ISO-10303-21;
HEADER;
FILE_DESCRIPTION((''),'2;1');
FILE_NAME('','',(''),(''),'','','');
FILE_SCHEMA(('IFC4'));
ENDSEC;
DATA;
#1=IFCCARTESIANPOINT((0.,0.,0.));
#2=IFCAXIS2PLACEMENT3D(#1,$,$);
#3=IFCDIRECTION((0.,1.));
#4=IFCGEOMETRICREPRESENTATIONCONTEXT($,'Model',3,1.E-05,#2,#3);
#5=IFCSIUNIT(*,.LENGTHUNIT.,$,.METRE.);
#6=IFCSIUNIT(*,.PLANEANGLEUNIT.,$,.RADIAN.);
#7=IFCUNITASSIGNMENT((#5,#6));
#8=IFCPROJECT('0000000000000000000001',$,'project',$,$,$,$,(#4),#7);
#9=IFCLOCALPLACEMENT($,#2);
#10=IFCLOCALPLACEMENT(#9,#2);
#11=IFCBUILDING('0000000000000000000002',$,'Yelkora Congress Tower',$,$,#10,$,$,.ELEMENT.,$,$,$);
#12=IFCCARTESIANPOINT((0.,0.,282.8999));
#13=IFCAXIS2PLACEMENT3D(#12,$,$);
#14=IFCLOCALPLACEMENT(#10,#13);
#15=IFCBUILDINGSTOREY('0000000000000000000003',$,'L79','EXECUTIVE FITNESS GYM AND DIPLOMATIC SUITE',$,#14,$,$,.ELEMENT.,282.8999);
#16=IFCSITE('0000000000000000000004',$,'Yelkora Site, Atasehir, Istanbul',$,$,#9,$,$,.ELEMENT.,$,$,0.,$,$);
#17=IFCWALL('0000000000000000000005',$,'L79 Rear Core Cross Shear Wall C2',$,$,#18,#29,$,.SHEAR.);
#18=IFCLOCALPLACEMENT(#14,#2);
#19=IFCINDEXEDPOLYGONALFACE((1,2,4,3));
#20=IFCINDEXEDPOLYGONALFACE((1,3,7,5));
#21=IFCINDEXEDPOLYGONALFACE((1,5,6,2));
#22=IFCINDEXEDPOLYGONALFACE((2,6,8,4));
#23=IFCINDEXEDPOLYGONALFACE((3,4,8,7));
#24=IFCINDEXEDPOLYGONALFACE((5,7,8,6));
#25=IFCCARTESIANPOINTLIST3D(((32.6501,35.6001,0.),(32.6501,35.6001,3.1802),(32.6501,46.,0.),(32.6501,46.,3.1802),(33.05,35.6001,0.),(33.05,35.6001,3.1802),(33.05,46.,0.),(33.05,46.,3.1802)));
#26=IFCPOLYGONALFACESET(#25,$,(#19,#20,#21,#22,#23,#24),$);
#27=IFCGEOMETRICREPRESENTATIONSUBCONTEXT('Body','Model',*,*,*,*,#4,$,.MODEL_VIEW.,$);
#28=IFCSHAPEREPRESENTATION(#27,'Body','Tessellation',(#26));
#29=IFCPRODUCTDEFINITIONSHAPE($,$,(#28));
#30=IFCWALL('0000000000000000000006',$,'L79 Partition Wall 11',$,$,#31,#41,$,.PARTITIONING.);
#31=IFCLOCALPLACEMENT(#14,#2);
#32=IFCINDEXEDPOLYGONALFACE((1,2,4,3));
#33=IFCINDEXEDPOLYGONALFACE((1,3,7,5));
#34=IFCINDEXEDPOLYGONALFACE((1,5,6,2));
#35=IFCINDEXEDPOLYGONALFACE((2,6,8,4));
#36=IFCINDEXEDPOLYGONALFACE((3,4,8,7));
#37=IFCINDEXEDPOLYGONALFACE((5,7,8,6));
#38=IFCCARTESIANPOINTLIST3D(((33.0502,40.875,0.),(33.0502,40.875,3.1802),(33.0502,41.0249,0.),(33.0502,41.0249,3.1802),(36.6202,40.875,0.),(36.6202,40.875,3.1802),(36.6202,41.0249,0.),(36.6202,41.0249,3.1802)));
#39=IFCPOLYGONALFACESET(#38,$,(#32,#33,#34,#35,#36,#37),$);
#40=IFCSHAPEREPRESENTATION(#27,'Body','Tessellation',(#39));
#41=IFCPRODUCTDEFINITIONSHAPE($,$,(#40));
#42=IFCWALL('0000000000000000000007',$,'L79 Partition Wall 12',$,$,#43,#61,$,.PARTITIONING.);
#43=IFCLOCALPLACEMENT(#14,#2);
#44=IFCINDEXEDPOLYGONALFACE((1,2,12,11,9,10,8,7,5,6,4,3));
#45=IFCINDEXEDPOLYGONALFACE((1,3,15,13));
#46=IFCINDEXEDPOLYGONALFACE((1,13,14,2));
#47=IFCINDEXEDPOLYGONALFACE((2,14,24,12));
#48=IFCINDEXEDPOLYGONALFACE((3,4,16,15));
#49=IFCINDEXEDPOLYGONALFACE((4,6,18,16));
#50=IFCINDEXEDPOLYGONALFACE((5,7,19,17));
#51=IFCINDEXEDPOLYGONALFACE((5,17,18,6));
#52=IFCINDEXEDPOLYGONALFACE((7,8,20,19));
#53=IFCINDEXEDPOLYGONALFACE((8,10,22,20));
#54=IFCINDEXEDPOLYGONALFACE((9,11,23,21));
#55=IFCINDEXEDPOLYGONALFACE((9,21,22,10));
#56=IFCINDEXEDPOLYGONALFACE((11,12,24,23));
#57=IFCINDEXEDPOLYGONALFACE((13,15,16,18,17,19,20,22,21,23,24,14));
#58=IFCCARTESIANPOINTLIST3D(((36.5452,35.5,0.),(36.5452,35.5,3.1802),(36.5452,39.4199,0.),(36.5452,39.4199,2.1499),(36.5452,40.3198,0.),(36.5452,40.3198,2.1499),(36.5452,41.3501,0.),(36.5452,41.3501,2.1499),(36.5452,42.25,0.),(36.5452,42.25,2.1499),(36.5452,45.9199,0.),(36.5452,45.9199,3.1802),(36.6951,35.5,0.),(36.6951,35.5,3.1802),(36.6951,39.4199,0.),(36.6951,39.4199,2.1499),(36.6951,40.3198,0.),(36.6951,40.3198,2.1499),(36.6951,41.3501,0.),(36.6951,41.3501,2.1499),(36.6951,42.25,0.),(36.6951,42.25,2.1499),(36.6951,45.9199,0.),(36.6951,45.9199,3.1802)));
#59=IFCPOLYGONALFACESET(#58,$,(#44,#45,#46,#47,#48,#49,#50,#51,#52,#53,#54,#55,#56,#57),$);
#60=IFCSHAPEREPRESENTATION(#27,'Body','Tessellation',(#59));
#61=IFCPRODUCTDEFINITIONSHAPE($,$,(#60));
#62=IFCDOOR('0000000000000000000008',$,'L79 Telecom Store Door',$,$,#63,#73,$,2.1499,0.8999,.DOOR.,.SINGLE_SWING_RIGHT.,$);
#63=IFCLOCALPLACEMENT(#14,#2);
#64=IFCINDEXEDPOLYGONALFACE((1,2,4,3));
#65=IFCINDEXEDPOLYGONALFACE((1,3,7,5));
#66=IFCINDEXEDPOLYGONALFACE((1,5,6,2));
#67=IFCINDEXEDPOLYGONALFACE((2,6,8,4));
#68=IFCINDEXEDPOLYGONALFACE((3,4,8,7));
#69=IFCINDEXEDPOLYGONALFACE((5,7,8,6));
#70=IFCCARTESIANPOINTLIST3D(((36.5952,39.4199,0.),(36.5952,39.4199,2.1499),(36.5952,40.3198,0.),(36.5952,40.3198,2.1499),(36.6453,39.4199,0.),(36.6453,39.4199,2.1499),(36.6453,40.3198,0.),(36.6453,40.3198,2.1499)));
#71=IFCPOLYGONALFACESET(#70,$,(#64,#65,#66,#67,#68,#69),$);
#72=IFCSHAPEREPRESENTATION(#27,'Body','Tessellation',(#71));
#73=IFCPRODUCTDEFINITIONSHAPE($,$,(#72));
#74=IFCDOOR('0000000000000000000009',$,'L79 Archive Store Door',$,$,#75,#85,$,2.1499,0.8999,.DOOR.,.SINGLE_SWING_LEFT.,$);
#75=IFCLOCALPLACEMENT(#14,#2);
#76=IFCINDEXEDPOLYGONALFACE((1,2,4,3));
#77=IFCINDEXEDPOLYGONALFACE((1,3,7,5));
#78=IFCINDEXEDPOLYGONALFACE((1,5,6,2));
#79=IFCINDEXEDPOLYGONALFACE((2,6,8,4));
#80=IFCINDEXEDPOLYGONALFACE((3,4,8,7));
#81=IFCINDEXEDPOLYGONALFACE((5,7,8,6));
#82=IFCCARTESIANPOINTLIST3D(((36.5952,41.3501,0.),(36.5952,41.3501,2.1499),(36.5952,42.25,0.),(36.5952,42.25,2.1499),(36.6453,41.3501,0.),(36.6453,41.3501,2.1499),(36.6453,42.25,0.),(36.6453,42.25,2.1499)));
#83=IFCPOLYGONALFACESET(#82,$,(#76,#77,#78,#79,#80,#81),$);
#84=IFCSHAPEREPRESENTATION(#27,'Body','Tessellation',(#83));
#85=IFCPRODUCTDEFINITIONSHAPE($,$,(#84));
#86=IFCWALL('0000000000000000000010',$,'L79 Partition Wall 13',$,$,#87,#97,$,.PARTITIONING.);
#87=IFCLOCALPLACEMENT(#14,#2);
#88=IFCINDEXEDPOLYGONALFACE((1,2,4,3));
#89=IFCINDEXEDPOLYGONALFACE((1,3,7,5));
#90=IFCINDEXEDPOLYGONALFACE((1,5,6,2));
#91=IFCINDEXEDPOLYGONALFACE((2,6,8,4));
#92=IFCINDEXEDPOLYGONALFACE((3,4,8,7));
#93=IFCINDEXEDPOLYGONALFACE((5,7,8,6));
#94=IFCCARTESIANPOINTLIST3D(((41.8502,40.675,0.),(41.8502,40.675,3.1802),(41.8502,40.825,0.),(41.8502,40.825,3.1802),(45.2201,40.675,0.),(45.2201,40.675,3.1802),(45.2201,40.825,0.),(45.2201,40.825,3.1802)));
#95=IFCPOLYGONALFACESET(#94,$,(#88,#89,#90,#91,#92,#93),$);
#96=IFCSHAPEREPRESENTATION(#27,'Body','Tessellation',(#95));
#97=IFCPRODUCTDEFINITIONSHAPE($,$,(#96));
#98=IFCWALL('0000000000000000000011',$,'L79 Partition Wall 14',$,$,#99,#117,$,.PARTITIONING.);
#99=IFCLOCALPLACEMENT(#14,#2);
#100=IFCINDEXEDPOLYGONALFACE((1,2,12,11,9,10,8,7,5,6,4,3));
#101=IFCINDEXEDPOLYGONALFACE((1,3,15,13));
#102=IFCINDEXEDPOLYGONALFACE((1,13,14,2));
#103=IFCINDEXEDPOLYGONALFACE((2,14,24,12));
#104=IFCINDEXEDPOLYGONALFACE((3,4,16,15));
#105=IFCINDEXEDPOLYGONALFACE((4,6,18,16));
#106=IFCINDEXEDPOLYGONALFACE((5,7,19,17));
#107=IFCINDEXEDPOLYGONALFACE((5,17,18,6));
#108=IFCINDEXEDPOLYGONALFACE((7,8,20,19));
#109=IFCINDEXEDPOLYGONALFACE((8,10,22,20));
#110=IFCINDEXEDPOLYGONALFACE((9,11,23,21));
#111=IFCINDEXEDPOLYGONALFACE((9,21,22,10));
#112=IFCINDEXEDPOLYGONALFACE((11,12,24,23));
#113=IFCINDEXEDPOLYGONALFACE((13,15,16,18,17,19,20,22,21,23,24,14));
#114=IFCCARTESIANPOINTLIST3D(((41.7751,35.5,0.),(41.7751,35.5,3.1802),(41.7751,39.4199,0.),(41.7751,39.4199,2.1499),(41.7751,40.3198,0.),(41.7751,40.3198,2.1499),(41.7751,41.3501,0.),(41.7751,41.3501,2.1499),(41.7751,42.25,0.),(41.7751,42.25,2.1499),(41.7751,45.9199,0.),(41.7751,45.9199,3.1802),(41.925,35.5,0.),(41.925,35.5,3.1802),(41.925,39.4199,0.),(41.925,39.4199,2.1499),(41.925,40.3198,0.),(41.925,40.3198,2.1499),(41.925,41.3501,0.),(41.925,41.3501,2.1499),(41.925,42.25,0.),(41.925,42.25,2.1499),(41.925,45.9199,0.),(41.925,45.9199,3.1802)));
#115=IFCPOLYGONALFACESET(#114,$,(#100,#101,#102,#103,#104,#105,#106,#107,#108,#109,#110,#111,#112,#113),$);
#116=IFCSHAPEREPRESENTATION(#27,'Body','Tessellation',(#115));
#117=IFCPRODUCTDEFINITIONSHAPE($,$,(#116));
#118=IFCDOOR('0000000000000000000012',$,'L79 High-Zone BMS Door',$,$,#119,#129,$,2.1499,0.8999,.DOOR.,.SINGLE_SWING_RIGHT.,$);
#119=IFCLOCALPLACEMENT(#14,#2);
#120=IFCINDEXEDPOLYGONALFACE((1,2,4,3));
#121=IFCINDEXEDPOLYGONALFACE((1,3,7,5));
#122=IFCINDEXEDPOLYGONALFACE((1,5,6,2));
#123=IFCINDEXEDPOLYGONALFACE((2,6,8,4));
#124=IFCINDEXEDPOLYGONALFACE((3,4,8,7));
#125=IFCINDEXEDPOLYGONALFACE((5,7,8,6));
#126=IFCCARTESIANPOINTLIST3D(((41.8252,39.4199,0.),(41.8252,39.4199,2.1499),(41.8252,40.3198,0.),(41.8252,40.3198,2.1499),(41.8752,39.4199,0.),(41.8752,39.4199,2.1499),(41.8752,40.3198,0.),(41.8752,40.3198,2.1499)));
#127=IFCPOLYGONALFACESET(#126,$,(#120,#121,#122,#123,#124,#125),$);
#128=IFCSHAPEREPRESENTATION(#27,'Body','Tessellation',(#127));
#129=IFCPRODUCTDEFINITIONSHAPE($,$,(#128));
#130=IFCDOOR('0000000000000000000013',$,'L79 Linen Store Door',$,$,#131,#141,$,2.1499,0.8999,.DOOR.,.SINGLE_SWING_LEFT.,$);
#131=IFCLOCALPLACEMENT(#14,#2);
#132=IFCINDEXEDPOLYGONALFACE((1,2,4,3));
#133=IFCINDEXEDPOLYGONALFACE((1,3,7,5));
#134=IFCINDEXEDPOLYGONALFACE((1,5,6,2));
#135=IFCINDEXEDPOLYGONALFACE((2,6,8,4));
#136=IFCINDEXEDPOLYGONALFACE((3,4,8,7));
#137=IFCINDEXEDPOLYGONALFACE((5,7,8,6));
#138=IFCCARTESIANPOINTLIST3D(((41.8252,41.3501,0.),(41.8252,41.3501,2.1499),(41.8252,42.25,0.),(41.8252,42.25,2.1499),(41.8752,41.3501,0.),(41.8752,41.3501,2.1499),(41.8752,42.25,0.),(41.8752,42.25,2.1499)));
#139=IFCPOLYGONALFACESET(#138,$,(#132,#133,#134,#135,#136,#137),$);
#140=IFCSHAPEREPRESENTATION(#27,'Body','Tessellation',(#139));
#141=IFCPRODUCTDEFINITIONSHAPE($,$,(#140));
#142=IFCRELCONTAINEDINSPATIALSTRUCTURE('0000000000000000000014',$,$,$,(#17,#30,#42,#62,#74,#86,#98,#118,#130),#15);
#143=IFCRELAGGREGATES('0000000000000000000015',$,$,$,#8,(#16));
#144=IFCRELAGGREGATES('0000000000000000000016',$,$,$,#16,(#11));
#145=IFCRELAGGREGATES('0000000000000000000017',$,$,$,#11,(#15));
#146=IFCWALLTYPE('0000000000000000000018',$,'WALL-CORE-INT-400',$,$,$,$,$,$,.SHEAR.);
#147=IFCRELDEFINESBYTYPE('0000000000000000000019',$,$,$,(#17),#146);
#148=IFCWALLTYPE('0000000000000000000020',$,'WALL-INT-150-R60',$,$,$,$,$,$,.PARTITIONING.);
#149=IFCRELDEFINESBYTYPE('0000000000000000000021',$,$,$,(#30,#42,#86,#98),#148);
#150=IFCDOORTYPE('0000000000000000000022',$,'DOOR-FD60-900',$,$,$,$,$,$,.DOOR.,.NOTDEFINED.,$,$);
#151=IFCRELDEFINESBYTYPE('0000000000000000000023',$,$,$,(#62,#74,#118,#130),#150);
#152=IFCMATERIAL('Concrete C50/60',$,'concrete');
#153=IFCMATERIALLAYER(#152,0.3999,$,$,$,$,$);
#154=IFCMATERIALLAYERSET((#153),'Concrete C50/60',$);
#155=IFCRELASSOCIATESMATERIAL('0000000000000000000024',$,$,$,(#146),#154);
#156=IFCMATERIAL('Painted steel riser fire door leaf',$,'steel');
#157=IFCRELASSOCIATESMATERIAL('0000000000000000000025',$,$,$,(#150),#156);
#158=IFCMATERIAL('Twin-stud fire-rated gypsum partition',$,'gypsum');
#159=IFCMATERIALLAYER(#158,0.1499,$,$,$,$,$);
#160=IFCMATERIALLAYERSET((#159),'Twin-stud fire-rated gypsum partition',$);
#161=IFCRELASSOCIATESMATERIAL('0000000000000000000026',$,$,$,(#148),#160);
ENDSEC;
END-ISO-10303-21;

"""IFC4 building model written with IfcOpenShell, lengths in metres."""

from ifc_helpers import new_model, si_unit, direction, frame, frame_2d, origin, place, context, subcontext, project, spatial, rectangle, extrude, material, layer, layer_set, type_object, element, fill, save


model = new_model("IFC4")

# Units and contexts
model_context = context("Model", 3, precision=1e-05, world=origin(), true_north=direction((0.0, 1.0)))
body_context = subcontext(model_context, "Body", "Model", "MODEL_VIEW")
ifc_project = project(units=[si_unit("LENGTHUNIT", "METRE"), si_unit("PLANEANGLEUNIT", "RADIAN")], contexts=[model_context])

# Site, building, storey
site_placement = place(None, origin())
site = spatial("IfcSite", under=ifc_project, at=site_placement, Name="Yelkora Site, Atasehir, Istanbul", CompositionType="ELEMENT", RefElevation=0.0)
building_placement = place(site_placement, origin())
building = spatial("IfcBuilding", under=site, at=building_placement, Name="Yelkora Congress Tower", CompositionType="ELEMENT")
storey_placement = place(building_placement, frame((0.0, 0.0, 282.8999)))
storey = spatial("IfcBuildingStorey", under=building, at=storey_placement, Name="L79", Description="EXECUTIVE FITNESS GYM AND DIPLOMATIC SUITE", CompositionType="ELEMENT", Elevation=282.8999)

# Shared definitions
ifc_material_1 = material(Name="Concrete C50/60", Category="concrete")
ifc_layer_1 = layer(ifc_material_1, 0.3999)
ifc_layer_set_1 = layer_set([ifc_layer_1], Name="Concrete C50/60")
wall_type_1 = type_object("IfcWallType", Name="WALL-CORE-INT-400", PredefinedType="SHEAR", material=ifc_layer_set_1)
ifc_material_2 = material(Name="Painted steel riser fire door leaf", Category="steel")
door_type_1 = type_object("IfcDoorType", Name="DOOR-FD60-900", OperationType="NOTDEFINED", PredefinedType="DOOR", material=ifc_material_2)

# Walls
wall_1_placement = place(storey_placement, frame((32.8501, 35.6001, 0.0), z_axis=(0.0, 0.0, 1.0), x_axis=(0.0, 1.0, 0.0)))
element("IfcWall", 1, at=wall_1_placement, inside=storey, type_object=wall_type_1, Name="L79 Rear Core Cross Shear Wall C2", PredefinedType="SHEAR", context=body_context, shape_type="SweptSolid", body=[
    extrude(rectangle(XDim=10.3999, YDim=0.3999, at=frame_2d((5.2, 0.0))), origin(), (0.0, 0.0, 1.0), 3.1802),
])
ifc_material_3 = material(Name="Twin-stud fire-rated gypsum partition", Category="gypsum")
ifc_layer_2 = layer(ifc_material_3, 0.1499)
ifc_layer_set_2 = layer_set([ifc_layer_2], Name="Twin-stud fire-rated gypsum partition")
wall_type_2 = type_object("IfcWallType", Name="WALL-INT-150-R60", PredefinedType="PARTITIONING", material=ifc_layer_set_2)
wall_2_placement = place(storey_placement, frame((33.05, 40.95, 0.0), z_axis=(0.0, 0.0, 1.0), x_axis=(1.0, 0.0, 0.0)))
element("IfcWall", 2, at=wall_2_placement, inside=storey, type_object=wall_type_2, Name="L79 Partition Wall 11", PredefinedType="PARTITIONING", context=body_context, shape_type="SweptSolid", body=[
    extrude(rectangle(XDim=3.5701, YDim=0.1499, at=frame_2d((1.7852, 0.0))), origin(), (0.0, 0.0, 1.0), 3.1802),
])

# Wall, openings, doors
wall_3_placement = place(storey_placement, frame((36.6201, 35.5, 0.0), z_axis=(0.0, 0.0, 1.0), x_axis=(0.0, 1.0, 0.0)))
wall_3 = element("IfcWall", 3, at=wall_3_placement, inside=storey, type_object=wall_type_2, Name="L79 Partition Wall 12", PredefinedType="PARTITIONING", context=body_context, shape_type="SweptSolid", body=[
    extrude(rectangle(XDim=10.4199, YDim=0.1499, at=frame_2d((5.21, 0.0))), origin(), (0.0, 0.0, 1.0), 3.1802),
])
opening_1_placement = place(wall_3_placement, frame((3.9199, 0.0, 0.0)))
opening_1 = element("IfcOpeningElement", 4, at=opening_1_placement, cuts=wall_3, PredefinedType="OPENING", context=body_context, shape_type="SweptSolid", body=[
    extrude(rectangle(XDim=0.8999, YDim=2.1499, at=frame_2d((0.45, 1.075))), frame((0.0, 0.085, 0.0), z_axis=(0.0, -1.0, 0.0), x_axis=(1.0, 0.0, 0.0)), (0.0, 0.0, 1.0), 0.1699),
])
opening_2_placement = place(wall_3_placement, frame((5.8501, 0.0, 0.0)))
opening_2 = element("IfcOpeningElement", 5, at=opening_2_placement, cuts=wall_3, PredefinedType="OPENING", context=body_context, shape_type="SweptSolid", body=[
    extrude(rectangle(XDim=0.8999, YDim=2.1499, at=frame_2d((0.45, 1.075))), frame((0.0, 0.085, 0.0), z_axis=(0.0, -1.0, 0.0), x_axis=(1.0, 0.0, 0.0)), (0.0, 0.0, 1.0), 0.1699),
])
door_1_placement = place(opening_1_placement, origin())
door_1 = element("IfcDoor", 6, at=door_1_placement, inside=storey, type_object=door_type_1, Name="L79 Telecom Store Door", OperationType="SINGLE_SWING_RIGHT", OverallHeight=2.1499, OverallWidth=0.8999, PredefinedType="DOOR", context=body_context, shape_type="SweptSolid", body=[
    extrude(rectangle(XDim=0.8999, YDim=2.1499, at=frame_2d((0.45, 1.075))), frame((0.0, 0.0249, 0.0), z_axis=(0.0, -1.0, 0.0), x_axis=(1.0, 0.0, 0.0)), (0.0, 0.0, 1.0), 0.05),
])
fill(opening_1, door_1)
door_2_placement = place(opening_2_placement, origin())
door_2 = element("IfcDoor", 7, at=door_2_placement, inside=storey, type_object=door_type_1, Name="L79 Archive Store Door", OperationType="SINGLE_SWING_LEFT", OverallHeight=2.1499, OverallWidth=0.8999, PredefinedType="DOOR", context=body_context, shape_type="SweptSolid", body=[
    extrude(rectangle(XDim=0.8999, YDim=2.1499, at=frame_2d((0.45, 1.075))), frame((0.0, 0.0249, 0.0), z_axis=(0.0, -1.0, 0.0), x_axis=(1.0, 0.0, 0.0)), (0.0, 0.0, 1.0), 0.05),
])
fill(opening_2, door_2)

# Wall
wall_4_placement = place(storey_placement, frame((41.8501, 40.75, 0.0), z_axis=(0.0, 0.0, 1.0), x_axis=(1.0, 0.0, 0.0)))
element("IfcWall", 8, at=wall_4_placement, inside=storey, type_object=wall_type_2, Name="L79 Partition Wall 13", PredefinedType="PARTITIONING", context=body_context, shape_type="SweptSolid", body=[
    extrude(rectangle(XDim=3.3699, YDim=0.1499, at=frame_2d((1.6851, 0.0))), origin(), (0.0, 0.0, 1.0), 3.1802),
])

# Wall, openings, doors
wall_5_placement = place(storey_placement, frame((41.8501, 35.5, 0.0), z_axis=(0.0, 0.0, 1.0), x_axis=(0.0, 1.0, 0.0)))
wall_5 = element("IfcWall", 9, at=wall_5_placement, inside=storey, type_object=wall_type_2, Name="L79 Partition Wall 14", PredefinedType="PARTITIONING", context=body_context, shape_type="SweptSolid", body=[
    extrude(rectangle(XDim=10.4199, YDim=0.1499, at=frame_2d((5.21, 0.0))), origin(), (0.0, 0.0, 1.0), 3.1802),
])
opening_3_placement = place(wall_5_placement, frame((3.9199, 0.0, 0.0)))
opening_3 = element("IfcOpeningElement", 10, at=opening_3_placement, cuts=wall_5, PredefinedType="OPENING", context=body_context, shape_type="SweptSolid", body=[
    extrude(rectangle(XDim=0.8999, YDim=2.1499, at=frame_2d((0.45, 1.075))), frame((0.0, 0.085, 0.0), z_axis=(0.0, -1.0, 0.0), x_axis=(1.0, 0.0, 0.0)), (0.0, 0.0, 1.0), 0.1699),
])
opening_4_placement = place(wall_5_placement, frame((5.8501, 0.0, 0.0)))
opening_4 = element("IfcOpeningElement", 11, at=opening_4_placement, cuts=wall_5, PredefinedType="OPENING", context=body_context, shape_type="SweptSolid", body=[
    extrude(rectangle(XDim=0.8999, YDim=2.1499, at=frame_2d((0.45, 1.075))), frame((0.0, 0.085, 0.0), z_axis=(0.0, -1.0, 0.0), x_axis=(1.0, 0.0, 0.0)), (0.0, 0.0, 1.0), 0.1699),
])
door_3_placement = place(opening_3_placement, origin())
door_3 = element("IfcDoor", 12, at=door_3_placement, inside=storey, type_object=door_type_1, Name="L79 High-Zone BMS Door", OperationType="SINGLE_SWING_RIGHT", OverallHeight=2.1499, OverallWidth=0.8999, PredefinedType="DOOR", context=body_context, shape_type="SweptSolid", body=[
    extrude(rectangle(XDim=0.8999, YDim=2.1499, at=frame_2d((0.45, 1.075))), frame((0.0, 0.0249, 0.0), z_axis=(0.0, -1.0, 0.0), x_axis=(1.0, 0.0, 0.0)), (0.0, 0.0, 1.0), 0.05),
])
fill(opening_3, door_3)
door_4_placement = place(opening_4_placement, origin())
door_4 = element("IfcDoor", 13, at=door_4_placement, inside=storey, type_object=door_type_1, Name="L79 Linen Store Door", OperationType="SINGLE_SWING_LEFT", OverallHeight=2.1499, OverallWidth=0.8999, PredefinedType="DOOR", context=body_context, shape_type="SweptSolid", body=[
    extrude(rectangle(XDim=0.8999, YDim=2.1499, at=frame_2d((0.45, 1.075))), frame((0.0, 0.0249, 0.0), z_axis=(0.0, -1.0, 0.0), x_axis=(1.0, 0.0, 0.0)), (0.0, 0.0, 1.0), 0.05),
])
fill(opening_4, door_4)

save(model, "model.ifc")
